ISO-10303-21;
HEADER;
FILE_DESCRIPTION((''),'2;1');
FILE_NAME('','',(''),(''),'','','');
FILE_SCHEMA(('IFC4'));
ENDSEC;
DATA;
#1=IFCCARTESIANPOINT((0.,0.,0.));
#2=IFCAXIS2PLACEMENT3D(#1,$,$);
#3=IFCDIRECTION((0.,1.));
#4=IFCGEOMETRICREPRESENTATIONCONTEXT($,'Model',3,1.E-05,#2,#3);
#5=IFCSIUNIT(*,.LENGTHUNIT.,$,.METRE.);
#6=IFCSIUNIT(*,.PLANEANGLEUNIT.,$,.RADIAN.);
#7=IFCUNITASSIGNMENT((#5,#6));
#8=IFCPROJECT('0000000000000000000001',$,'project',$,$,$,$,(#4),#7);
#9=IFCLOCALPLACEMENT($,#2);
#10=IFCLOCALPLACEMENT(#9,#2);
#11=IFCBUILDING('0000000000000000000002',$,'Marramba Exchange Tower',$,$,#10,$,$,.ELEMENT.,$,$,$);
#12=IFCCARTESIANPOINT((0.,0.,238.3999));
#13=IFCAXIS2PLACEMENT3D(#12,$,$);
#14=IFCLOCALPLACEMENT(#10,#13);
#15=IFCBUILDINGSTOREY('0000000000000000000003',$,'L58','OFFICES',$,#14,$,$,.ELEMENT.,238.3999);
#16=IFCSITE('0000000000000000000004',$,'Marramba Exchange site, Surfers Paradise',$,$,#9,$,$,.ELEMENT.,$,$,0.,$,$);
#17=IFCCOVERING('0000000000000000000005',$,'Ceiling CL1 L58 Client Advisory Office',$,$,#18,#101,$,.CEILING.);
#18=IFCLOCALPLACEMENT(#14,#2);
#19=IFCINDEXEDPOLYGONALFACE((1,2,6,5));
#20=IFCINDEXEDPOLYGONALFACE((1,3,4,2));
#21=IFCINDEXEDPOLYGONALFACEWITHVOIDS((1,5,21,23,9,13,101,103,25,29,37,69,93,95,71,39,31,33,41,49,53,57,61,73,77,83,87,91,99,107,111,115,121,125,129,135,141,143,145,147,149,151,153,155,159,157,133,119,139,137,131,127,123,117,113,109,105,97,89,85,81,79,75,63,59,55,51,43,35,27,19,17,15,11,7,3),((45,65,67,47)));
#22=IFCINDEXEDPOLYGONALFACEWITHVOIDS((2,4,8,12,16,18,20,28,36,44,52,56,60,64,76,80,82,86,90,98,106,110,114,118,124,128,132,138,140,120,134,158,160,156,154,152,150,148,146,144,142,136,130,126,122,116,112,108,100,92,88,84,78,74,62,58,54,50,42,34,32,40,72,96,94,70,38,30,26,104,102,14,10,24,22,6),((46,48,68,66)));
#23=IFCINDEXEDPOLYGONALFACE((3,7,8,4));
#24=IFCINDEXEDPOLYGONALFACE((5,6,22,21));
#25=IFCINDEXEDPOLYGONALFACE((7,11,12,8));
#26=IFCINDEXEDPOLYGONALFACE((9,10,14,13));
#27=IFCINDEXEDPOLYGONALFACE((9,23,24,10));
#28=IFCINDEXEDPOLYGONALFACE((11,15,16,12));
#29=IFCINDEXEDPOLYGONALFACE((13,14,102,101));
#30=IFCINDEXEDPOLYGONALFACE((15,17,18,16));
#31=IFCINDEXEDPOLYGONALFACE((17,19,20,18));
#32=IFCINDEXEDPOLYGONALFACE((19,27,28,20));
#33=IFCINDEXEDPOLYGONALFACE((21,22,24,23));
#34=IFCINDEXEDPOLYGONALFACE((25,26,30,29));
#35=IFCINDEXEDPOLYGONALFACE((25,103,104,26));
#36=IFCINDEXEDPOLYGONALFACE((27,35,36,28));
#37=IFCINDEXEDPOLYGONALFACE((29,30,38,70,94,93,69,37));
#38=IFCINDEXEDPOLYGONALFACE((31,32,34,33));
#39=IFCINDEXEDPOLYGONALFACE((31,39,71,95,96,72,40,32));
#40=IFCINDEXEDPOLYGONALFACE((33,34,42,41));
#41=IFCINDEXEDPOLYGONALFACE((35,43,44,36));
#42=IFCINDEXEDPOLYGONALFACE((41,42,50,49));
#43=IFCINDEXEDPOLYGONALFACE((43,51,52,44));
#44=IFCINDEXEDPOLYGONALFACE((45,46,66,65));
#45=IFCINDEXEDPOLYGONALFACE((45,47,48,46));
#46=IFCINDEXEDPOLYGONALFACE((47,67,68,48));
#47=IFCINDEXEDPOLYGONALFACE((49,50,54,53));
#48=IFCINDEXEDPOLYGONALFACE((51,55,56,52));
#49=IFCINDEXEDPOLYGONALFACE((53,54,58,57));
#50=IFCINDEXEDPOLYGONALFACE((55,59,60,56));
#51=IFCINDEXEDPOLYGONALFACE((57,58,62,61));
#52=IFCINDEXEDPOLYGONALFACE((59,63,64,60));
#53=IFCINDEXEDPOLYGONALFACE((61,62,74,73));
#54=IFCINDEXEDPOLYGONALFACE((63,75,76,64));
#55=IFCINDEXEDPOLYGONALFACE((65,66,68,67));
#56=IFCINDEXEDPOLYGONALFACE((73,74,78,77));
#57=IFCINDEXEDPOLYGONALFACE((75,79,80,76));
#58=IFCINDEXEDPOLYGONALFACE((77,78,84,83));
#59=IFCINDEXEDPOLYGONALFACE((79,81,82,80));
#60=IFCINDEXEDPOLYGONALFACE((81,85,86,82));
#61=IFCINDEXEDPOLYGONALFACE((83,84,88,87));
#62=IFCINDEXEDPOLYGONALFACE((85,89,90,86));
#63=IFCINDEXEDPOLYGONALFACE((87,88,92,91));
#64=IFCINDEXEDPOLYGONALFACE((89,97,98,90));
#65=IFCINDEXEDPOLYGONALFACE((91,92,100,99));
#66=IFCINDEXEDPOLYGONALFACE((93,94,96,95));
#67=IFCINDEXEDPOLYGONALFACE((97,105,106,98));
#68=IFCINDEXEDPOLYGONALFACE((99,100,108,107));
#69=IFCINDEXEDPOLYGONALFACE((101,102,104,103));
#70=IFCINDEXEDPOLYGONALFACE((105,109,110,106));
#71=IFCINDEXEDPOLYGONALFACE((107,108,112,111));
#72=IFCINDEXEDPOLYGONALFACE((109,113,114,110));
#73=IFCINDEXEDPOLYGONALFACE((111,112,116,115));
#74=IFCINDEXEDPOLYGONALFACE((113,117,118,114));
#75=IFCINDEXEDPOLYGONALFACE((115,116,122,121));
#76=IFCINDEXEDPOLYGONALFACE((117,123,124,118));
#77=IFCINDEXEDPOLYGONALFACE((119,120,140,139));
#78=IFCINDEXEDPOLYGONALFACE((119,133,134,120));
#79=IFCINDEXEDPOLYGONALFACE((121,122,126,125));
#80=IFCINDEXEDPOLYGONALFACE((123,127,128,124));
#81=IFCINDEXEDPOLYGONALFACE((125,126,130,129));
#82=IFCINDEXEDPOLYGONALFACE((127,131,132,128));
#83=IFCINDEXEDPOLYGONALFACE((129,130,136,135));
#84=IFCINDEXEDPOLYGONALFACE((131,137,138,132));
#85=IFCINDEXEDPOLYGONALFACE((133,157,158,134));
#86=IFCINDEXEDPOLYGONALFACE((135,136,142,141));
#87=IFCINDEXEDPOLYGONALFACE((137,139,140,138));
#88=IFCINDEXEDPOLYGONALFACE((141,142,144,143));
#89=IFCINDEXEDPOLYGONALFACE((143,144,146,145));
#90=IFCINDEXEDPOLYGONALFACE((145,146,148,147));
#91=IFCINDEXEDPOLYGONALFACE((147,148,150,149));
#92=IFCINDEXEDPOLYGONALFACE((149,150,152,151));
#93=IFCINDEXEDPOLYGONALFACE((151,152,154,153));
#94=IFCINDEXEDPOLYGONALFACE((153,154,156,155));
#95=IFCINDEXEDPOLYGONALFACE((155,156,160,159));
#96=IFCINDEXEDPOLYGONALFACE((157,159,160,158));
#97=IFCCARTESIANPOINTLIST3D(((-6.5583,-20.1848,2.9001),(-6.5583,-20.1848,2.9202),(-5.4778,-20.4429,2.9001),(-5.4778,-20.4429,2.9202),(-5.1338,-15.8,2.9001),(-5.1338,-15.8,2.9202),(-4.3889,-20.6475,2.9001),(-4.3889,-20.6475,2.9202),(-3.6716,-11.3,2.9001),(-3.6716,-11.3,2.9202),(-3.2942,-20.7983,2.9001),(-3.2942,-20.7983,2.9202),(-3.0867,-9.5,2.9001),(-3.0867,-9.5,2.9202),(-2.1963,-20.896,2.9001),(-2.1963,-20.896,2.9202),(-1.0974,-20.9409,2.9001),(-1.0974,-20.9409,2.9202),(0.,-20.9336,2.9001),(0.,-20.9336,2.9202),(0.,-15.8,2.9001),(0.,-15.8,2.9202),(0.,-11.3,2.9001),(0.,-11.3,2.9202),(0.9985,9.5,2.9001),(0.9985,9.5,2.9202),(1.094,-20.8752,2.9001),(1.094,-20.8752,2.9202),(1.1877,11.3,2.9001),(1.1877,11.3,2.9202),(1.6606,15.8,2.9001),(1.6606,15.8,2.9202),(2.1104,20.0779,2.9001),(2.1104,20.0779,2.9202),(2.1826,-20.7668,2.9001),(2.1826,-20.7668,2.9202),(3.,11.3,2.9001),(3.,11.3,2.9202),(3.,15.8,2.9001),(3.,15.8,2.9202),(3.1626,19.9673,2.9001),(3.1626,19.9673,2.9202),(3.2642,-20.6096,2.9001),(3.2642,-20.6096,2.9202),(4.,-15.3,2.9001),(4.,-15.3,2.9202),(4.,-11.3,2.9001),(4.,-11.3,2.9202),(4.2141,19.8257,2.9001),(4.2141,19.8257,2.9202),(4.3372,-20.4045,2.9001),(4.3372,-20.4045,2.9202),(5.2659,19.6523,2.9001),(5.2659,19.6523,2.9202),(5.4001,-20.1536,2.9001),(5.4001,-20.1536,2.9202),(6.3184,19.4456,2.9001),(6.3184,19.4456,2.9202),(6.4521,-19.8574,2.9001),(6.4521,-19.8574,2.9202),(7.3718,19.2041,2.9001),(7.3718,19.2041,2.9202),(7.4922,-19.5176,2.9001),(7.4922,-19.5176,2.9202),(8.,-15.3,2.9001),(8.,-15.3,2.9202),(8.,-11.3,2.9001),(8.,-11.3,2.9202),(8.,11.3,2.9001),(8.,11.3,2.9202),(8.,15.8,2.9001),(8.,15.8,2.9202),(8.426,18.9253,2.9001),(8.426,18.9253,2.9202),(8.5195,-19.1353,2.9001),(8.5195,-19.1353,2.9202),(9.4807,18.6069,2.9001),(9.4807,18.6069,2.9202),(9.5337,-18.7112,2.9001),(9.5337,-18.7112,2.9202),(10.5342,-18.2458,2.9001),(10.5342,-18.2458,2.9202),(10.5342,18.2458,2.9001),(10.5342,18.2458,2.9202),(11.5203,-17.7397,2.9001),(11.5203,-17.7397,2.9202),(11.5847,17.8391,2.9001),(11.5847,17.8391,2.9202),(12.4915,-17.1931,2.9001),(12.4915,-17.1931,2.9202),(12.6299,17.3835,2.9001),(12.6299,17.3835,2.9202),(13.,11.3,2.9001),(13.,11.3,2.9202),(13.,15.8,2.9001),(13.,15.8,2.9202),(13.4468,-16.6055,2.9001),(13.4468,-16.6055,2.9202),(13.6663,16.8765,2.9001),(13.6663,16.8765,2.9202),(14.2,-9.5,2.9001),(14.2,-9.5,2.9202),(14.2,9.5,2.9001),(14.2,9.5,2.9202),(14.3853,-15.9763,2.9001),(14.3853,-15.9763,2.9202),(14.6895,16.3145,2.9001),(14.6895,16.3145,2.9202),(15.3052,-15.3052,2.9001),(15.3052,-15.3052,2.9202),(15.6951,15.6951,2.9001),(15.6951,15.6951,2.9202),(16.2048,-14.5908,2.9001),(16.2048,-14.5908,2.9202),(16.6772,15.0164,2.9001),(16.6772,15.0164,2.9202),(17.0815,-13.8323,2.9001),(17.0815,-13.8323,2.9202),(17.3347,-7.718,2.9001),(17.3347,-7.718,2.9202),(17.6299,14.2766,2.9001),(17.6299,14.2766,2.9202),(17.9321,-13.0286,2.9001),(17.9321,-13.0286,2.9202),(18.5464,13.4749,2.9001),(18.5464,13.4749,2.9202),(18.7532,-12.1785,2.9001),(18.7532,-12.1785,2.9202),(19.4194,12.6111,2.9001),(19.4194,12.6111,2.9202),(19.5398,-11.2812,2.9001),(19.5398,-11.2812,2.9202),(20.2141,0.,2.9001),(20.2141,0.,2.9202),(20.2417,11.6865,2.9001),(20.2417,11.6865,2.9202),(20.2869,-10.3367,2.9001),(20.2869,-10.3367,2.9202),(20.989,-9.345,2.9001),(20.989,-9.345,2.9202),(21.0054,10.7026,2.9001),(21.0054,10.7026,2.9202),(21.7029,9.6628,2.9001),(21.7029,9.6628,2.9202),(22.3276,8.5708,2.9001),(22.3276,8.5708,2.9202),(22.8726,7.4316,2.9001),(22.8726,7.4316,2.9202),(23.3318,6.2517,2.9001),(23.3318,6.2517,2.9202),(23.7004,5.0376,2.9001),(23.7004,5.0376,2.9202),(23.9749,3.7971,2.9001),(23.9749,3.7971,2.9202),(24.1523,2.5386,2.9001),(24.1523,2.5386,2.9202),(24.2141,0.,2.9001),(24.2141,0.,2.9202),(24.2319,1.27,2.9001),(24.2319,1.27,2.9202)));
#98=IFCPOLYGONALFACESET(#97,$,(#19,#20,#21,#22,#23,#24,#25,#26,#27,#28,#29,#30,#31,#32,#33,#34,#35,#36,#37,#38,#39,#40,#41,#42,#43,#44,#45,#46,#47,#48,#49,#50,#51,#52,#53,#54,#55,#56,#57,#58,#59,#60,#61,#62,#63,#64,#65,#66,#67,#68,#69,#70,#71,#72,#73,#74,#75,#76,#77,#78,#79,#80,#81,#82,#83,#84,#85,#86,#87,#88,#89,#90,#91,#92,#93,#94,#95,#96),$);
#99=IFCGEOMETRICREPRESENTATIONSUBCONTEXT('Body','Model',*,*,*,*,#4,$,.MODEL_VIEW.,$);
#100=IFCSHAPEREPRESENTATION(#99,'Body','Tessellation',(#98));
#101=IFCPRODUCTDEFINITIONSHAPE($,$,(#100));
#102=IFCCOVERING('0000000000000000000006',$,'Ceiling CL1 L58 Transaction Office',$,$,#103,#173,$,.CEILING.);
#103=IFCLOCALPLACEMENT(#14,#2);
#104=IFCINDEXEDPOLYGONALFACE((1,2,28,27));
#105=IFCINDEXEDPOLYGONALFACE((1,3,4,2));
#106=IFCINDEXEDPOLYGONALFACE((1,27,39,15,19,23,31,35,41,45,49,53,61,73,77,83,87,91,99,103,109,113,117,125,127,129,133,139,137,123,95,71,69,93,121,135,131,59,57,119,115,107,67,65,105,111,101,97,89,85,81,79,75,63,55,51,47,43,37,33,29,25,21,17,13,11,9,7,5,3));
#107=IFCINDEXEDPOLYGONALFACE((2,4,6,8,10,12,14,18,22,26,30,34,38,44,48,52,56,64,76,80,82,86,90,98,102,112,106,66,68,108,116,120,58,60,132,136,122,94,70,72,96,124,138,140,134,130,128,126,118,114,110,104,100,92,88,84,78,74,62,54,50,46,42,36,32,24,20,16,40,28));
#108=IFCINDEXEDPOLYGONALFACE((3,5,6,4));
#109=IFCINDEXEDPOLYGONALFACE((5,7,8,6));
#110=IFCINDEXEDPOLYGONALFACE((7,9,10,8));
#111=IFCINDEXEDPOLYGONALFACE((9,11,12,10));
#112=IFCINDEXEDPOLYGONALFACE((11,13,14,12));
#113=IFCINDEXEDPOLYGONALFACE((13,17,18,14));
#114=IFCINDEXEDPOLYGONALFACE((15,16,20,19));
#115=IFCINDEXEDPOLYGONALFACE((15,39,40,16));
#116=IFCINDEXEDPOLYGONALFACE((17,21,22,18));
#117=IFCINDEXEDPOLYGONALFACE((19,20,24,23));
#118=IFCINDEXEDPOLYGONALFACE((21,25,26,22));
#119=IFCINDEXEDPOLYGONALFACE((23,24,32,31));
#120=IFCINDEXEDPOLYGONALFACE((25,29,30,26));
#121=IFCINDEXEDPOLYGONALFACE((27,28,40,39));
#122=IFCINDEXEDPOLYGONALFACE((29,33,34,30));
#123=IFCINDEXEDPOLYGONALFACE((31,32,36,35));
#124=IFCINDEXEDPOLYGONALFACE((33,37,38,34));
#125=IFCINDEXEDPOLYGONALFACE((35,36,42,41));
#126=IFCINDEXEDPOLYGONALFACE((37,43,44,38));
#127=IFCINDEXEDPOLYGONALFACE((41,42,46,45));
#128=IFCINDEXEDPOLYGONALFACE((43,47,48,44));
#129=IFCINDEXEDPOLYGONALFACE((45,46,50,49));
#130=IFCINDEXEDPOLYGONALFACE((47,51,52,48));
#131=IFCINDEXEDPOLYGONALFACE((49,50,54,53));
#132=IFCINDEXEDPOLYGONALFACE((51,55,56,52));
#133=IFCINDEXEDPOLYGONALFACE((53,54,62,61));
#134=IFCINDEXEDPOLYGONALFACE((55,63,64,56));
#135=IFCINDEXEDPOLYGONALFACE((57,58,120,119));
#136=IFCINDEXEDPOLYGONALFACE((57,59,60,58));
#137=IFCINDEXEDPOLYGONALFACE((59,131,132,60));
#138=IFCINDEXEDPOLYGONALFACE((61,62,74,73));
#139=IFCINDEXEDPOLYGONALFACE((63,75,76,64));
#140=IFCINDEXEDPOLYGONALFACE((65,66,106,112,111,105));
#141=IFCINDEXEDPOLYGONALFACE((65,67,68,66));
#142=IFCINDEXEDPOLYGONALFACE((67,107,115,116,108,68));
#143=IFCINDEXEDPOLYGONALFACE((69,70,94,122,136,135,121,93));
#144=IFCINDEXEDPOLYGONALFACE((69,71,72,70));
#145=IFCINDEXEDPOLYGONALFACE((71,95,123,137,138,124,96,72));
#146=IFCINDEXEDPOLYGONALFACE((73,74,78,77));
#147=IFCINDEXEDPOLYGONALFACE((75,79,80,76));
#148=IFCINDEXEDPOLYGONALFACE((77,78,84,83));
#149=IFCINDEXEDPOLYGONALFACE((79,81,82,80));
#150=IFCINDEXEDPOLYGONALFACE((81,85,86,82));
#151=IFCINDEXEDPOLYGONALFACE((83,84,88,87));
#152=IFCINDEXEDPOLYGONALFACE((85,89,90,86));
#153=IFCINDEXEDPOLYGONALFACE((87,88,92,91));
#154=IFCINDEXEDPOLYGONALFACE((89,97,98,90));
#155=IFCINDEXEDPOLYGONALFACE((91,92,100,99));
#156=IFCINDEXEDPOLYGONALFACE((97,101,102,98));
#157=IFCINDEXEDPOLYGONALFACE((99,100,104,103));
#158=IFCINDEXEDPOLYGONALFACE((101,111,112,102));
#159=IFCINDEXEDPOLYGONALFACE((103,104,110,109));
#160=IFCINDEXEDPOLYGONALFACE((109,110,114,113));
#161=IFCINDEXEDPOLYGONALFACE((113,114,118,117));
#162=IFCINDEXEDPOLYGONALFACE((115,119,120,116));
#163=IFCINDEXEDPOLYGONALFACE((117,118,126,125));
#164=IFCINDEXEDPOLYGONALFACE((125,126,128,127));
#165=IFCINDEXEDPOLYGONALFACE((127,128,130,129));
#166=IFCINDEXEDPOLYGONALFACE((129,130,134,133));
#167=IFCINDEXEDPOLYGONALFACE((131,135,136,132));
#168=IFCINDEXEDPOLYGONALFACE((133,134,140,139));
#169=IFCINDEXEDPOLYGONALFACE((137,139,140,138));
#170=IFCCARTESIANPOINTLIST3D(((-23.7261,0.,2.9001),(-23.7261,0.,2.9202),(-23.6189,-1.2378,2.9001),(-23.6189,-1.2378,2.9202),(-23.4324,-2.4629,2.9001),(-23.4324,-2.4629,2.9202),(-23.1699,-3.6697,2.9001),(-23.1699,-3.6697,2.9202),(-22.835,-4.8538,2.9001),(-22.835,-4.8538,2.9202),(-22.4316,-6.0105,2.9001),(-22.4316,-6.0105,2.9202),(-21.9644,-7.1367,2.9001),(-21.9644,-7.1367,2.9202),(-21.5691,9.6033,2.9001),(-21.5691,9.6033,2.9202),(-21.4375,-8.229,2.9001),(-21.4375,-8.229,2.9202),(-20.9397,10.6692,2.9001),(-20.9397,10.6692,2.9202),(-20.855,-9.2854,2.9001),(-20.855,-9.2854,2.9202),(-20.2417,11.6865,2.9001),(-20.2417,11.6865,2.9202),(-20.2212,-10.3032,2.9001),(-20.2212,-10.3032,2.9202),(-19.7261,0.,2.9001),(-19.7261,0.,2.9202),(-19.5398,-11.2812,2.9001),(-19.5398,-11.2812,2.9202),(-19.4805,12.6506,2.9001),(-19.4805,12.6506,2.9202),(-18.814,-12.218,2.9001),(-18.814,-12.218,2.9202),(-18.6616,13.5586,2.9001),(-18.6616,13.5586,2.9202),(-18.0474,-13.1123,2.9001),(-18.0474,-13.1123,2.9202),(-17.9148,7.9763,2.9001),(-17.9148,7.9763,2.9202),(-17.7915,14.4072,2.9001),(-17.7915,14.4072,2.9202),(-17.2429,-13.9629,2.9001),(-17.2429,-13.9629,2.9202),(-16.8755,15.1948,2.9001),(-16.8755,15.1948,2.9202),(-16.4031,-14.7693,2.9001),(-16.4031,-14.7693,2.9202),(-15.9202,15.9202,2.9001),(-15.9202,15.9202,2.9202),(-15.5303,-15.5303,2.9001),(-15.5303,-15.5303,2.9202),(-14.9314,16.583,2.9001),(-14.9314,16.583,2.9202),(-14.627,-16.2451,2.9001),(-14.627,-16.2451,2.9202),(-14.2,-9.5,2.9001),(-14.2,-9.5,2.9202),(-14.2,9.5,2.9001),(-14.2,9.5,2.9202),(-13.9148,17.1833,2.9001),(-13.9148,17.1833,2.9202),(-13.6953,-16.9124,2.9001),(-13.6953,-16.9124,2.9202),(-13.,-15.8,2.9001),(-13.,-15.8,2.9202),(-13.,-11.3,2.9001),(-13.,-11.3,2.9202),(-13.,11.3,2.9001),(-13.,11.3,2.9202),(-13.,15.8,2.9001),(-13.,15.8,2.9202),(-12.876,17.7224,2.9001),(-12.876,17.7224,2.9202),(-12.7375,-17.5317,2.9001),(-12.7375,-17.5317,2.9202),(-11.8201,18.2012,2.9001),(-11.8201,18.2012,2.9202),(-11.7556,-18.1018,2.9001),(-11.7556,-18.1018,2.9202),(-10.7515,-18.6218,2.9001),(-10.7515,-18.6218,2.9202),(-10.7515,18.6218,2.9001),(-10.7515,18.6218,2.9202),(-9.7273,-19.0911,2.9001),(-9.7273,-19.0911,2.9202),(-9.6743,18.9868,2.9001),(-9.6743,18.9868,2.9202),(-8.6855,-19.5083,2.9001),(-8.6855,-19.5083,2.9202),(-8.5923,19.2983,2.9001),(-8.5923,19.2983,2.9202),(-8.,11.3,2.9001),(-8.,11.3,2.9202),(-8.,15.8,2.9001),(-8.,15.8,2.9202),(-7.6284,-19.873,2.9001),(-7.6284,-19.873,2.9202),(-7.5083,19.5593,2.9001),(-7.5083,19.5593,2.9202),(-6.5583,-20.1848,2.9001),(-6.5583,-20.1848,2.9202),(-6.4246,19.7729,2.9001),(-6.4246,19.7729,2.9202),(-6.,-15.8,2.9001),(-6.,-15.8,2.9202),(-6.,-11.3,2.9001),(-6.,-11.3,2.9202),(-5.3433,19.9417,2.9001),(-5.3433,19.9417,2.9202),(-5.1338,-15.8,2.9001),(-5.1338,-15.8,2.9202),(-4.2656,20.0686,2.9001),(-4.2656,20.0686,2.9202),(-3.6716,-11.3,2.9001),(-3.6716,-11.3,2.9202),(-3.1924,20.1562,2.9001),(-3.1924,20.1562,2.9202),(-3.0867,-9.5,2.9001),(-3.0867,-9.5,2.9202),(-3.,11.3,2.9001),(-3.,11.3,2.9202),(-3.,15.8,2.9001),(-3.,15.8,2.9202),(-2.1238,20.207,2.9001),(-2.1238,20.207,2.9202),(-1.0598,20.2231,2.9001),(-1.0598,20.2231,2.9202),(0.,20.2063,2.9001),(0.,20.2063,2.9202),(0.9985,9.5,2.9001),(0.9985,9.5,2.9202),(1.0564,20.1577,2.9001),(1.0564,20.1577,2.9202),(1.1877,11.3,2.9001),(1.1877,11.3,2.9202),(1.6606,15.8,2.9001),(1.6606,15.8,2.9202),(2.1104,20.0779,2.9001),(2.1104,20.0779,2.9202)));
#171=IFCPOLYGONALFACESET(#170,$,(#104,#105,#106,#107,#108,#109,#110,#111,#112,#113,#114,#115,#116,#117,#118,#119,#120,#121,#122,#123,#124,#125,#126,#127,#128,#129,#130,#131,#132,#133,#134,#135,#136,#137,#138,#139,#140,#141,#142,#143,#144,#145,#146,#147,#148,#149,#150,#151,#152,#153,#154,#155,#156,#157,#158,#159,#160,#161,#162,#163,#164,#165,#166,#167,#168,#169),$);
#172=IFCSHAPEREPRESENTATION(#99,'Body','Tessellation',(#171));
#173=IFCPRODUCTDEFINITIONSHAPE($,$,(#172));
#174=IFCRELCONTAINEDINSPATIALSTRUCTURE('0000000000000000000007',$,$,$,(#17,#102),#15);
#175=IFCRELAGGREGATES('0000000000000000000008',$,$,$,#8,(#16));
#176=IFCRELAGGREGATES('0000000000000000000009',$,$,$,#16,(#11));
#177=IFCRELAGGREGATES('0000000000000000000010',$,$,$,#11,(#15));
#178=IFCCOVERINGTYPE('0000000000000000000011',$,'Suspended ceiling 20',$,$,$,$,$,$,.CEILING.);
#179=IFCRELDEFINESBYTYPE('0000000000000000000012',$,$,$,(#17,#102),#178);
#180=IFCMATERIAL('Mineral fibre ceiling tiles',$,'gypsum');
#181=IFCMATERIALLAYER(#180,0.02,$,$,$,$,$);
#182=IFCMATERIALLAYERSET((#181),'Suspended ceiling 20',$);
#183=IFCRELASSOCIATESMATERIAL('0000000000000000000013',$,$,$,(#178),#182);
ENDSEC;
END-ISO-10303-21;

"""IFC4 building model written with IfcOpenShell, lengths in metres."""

from ifc_helpers import new_model, si_unit, direction, frame, origin, place, context, subcontext, project, spatial, polyline, outline, extrude, material, layer, layer_set, type_object, element, save


model = new_model("IFC4")

# Units and contexts
model_context = context("Model", 3, precision=1e-05, world=origin(), true_north=direction((0.0, 1.0)))
body_context = subcontext(model_context, "Body", "Model", "MODEL_VIEW")
ifc_project = project(units=[si_unit("LENGTHUNIT", "METRE"), si_unit("PLANEANGLEUNIT", "RADIAN")], contexts=[model_context])

# Site, building, storey
site_placement = place(None, origin())
site = spatial("IfcSite", under=ifc_project, at=site_placement, Name="Marramba Exchange site, Surfers Paradise", CompositionType="ELEMENT", RefElevation=0.0)
building_placement = place(site_placement, origin())
building = spatial("IfcBuilding", under=site, at=building_placement, Name="Marramba Exchange Tower", CompositionType="ELEMENT")
storey_placement = place(building_placement, frame((0.0, 0.0, 238.3999)))
storey = spatial("IfcBuildingStorey", under=building, at=storey_placement, Name="L58", Description="OFFICES", CompositionType="ELEMENT", Elevation=238.3999)

# Coverings
ifc_material_1 = material(Name="Mineral fibre ceiling tiles", Category="gypsum")
ifc_layer_1 = layer(ifc_material_1, 0.02)
ifc_layer_set_1 = layer_set([ifc_layer_1], Name="Suspended ceiling 20")
covering_type = type_object("IfcCoveringType", Name="Suspended ceiling 20", PredefinedType="CEILING", material=ifc_layer_set_1)
covering_1_placement = place(storey_placement, frame((0.0, 0.0, 2.9001)))
element("IfcCovering", 1, at=covering_1_placement, inside=storey, type_object=covering_type, Name="Ceiling CL1 L58 Client Advisory Office", PredefinedType="CEILING", context=body_context, shape_type="SweptSolid", body=[
    extrude(outline(polyline([(14.2, 9.5), (0.9985, 9.5), (1.1877, 11.3), (3.0, 11.3), (8.0, 11.3), (13.0, 11.3), (13.0, 15.8), (8.0, 15.8), (3.0, 15.8), (1.6606, 15.8), (2.1104, 20.0779), (3.1626, 19.9673), (4.2141, 19.8257), (5.2659, 19.6523), (6.3184, 19.4456), (7.3718, 19.2041), (8.426, 18.9253), (9.4807, 18.6069), (10.5342, 18.2458), (11.5847, 17.8391), (12.6299, 17.3835), (13.6663, 16.8765), (14.6895, 16.3145), (15.6951, 15.6951), (16.6772, 15.0164), (17.6299, 14.2766), (18.5464, 13.4749), (19.4194, 12.6111), (20.2417, 11.6865), (21.0054, 10.7026), (21.7029, 9.6628), (22.3276, 8.5708), (22.8726, 7.4316), (23.3318, 6.2517), (23.7004, 5.0376), (23.9749, 3.7971), (24.1523, 2.5386), (24.2319, 1.27), (24.2141, 0.0), (20.2141, 0.0), (17.3347, -7.718), (20.989, -9.345), (20.2869, -10.3367), (19.5398, -11.2812), (18.7532, -12.1785), (17.9321, -13.0286), (17.0815, -13.8323), (16.2048, -14.5908), (15.3052, -15.3052), (14.3853, -15.9763), (13.4468, -16.6055), (12.4915, -17.1931), (11.5203, -17.7397), (10.5342, -18.2458), (9.5337, -18.7112), (8.5195, -19.1353), (7.4922, -19.5176), (6.4521, -19.8574), (5.4001, -20.1536), (4.3372, -20.4045), (3.2642, -20.6096), (2.1826, -20.7668), (1.094, -20.8752), (0.0, -20.9336), (-1.0974, -20.9409), (-2.1963, -20.896), (-3.2942, -20.7983), (-4.3889, -20.6475), (-5.4778, -20.4429), (-6.5583, -20.1848), (-5.1338, -15.8), (0.0, -15.8), (0.0, -11.3), (-3.6716, -11.3), (-3.0867, -9.5), (14.2, -9.5), (14.2, 9.5)]), holes=[polyline([(4.0, -11.3), (4.0, -15.3), (8.0, -15.3), (8.0, -11.3), (4.0, -11.3)])]), origin(), (0.0, 0.0, 1.0), 0.02),
])
covering_2_placement = place(storey_placement, frame((0.0, 0.0, 2.9001)))
element("IfcCovering", 2, at=covering_2_placement, inside=storey, type_object=covering_type, Name="Ceiling CL1 L58 Transaction Office", PredefinedType="CEILING", context=body_context, shape_type="SweptSolid", body=[
    extrude(outline(polyline([(-14.2, -9.5), (-3.0867, -9.5), (-3.6716, -11.3), (-6.0, -11.3), (-13.0, -11.3), (-13.0, -15.8), (-6.0, -15.8), (-5.1338, -15.8), (-6.5583, -20.1848), (-7.6284, -19.873), (-8.6855, -19.5083), (-9.7273, -19.0911), (-10.7515, -18.6218), (-11.7556, -18.1018), (-12.7375, -17.5317), (-13.6953, -16.9124), (-14.627, -16.2451), (-15.5303, -15.5303), (-16.4031, -14.7693), (-17.2429, -13.9629), (-18.0474, -13.1123), (-18.814, -12.218), (-19.5398, -11.2812), (-20.2212, -10.3032), (-20.855, -9.2854), (-21.4375, -8.229), (-21.9644, -7.1367), (-22.4316, -6.0105), (-22.835, -4.8538), (-23.1699, -3.6697), (-23.4324, -2.4629), (-23.6189, -1.2378), (-23.7261, 0.0), (-19.7261, 0.0), (-17.9148, 7.9763), (-21.5691, 9.6033), (-20.9397, 10.6692), (-20.2417, 11.6865), (-19.4805, 12.6506), (-18.6616, 13.5586), (-17.7915, 14.4072), (-16.8755, 15.1948), (-15.9202, 15.9202), (-14.9314, 16.583), (-13.9148, 17.1833), (-12.876, 17.7224), (-11.8201, 18.2012), (-10.7515, 18.6218), (-9.6743, 18.9868), (-8.5923, 19.2983), (-7.5083, 19.5593), (-6.4246, 19.7729), (-5.3433, 19.9417), (-4.2656, 20.0686), (-3.1924, 20.1562), (-2.1238, 20.207), (-1.0598, 20.2231), (0.0, 20.2063), (1.0564, 20.1577), (2.1104, 20.0779), (1.6606, 15.8), (-3.0, 15.8), (-8.0, 15.8), (-13.0, 15.8), (-13.0, 11.3), (-8.0, 11.3), (-3.0, 11.3), (1.1877, 11.3), (0.9985, 9.5), (-14.2, 9.5), (-14.2, -9.5)])), origin(), (0.0, 0.0, 1.0), 0.02),
])

save(model, "model.ifc")
